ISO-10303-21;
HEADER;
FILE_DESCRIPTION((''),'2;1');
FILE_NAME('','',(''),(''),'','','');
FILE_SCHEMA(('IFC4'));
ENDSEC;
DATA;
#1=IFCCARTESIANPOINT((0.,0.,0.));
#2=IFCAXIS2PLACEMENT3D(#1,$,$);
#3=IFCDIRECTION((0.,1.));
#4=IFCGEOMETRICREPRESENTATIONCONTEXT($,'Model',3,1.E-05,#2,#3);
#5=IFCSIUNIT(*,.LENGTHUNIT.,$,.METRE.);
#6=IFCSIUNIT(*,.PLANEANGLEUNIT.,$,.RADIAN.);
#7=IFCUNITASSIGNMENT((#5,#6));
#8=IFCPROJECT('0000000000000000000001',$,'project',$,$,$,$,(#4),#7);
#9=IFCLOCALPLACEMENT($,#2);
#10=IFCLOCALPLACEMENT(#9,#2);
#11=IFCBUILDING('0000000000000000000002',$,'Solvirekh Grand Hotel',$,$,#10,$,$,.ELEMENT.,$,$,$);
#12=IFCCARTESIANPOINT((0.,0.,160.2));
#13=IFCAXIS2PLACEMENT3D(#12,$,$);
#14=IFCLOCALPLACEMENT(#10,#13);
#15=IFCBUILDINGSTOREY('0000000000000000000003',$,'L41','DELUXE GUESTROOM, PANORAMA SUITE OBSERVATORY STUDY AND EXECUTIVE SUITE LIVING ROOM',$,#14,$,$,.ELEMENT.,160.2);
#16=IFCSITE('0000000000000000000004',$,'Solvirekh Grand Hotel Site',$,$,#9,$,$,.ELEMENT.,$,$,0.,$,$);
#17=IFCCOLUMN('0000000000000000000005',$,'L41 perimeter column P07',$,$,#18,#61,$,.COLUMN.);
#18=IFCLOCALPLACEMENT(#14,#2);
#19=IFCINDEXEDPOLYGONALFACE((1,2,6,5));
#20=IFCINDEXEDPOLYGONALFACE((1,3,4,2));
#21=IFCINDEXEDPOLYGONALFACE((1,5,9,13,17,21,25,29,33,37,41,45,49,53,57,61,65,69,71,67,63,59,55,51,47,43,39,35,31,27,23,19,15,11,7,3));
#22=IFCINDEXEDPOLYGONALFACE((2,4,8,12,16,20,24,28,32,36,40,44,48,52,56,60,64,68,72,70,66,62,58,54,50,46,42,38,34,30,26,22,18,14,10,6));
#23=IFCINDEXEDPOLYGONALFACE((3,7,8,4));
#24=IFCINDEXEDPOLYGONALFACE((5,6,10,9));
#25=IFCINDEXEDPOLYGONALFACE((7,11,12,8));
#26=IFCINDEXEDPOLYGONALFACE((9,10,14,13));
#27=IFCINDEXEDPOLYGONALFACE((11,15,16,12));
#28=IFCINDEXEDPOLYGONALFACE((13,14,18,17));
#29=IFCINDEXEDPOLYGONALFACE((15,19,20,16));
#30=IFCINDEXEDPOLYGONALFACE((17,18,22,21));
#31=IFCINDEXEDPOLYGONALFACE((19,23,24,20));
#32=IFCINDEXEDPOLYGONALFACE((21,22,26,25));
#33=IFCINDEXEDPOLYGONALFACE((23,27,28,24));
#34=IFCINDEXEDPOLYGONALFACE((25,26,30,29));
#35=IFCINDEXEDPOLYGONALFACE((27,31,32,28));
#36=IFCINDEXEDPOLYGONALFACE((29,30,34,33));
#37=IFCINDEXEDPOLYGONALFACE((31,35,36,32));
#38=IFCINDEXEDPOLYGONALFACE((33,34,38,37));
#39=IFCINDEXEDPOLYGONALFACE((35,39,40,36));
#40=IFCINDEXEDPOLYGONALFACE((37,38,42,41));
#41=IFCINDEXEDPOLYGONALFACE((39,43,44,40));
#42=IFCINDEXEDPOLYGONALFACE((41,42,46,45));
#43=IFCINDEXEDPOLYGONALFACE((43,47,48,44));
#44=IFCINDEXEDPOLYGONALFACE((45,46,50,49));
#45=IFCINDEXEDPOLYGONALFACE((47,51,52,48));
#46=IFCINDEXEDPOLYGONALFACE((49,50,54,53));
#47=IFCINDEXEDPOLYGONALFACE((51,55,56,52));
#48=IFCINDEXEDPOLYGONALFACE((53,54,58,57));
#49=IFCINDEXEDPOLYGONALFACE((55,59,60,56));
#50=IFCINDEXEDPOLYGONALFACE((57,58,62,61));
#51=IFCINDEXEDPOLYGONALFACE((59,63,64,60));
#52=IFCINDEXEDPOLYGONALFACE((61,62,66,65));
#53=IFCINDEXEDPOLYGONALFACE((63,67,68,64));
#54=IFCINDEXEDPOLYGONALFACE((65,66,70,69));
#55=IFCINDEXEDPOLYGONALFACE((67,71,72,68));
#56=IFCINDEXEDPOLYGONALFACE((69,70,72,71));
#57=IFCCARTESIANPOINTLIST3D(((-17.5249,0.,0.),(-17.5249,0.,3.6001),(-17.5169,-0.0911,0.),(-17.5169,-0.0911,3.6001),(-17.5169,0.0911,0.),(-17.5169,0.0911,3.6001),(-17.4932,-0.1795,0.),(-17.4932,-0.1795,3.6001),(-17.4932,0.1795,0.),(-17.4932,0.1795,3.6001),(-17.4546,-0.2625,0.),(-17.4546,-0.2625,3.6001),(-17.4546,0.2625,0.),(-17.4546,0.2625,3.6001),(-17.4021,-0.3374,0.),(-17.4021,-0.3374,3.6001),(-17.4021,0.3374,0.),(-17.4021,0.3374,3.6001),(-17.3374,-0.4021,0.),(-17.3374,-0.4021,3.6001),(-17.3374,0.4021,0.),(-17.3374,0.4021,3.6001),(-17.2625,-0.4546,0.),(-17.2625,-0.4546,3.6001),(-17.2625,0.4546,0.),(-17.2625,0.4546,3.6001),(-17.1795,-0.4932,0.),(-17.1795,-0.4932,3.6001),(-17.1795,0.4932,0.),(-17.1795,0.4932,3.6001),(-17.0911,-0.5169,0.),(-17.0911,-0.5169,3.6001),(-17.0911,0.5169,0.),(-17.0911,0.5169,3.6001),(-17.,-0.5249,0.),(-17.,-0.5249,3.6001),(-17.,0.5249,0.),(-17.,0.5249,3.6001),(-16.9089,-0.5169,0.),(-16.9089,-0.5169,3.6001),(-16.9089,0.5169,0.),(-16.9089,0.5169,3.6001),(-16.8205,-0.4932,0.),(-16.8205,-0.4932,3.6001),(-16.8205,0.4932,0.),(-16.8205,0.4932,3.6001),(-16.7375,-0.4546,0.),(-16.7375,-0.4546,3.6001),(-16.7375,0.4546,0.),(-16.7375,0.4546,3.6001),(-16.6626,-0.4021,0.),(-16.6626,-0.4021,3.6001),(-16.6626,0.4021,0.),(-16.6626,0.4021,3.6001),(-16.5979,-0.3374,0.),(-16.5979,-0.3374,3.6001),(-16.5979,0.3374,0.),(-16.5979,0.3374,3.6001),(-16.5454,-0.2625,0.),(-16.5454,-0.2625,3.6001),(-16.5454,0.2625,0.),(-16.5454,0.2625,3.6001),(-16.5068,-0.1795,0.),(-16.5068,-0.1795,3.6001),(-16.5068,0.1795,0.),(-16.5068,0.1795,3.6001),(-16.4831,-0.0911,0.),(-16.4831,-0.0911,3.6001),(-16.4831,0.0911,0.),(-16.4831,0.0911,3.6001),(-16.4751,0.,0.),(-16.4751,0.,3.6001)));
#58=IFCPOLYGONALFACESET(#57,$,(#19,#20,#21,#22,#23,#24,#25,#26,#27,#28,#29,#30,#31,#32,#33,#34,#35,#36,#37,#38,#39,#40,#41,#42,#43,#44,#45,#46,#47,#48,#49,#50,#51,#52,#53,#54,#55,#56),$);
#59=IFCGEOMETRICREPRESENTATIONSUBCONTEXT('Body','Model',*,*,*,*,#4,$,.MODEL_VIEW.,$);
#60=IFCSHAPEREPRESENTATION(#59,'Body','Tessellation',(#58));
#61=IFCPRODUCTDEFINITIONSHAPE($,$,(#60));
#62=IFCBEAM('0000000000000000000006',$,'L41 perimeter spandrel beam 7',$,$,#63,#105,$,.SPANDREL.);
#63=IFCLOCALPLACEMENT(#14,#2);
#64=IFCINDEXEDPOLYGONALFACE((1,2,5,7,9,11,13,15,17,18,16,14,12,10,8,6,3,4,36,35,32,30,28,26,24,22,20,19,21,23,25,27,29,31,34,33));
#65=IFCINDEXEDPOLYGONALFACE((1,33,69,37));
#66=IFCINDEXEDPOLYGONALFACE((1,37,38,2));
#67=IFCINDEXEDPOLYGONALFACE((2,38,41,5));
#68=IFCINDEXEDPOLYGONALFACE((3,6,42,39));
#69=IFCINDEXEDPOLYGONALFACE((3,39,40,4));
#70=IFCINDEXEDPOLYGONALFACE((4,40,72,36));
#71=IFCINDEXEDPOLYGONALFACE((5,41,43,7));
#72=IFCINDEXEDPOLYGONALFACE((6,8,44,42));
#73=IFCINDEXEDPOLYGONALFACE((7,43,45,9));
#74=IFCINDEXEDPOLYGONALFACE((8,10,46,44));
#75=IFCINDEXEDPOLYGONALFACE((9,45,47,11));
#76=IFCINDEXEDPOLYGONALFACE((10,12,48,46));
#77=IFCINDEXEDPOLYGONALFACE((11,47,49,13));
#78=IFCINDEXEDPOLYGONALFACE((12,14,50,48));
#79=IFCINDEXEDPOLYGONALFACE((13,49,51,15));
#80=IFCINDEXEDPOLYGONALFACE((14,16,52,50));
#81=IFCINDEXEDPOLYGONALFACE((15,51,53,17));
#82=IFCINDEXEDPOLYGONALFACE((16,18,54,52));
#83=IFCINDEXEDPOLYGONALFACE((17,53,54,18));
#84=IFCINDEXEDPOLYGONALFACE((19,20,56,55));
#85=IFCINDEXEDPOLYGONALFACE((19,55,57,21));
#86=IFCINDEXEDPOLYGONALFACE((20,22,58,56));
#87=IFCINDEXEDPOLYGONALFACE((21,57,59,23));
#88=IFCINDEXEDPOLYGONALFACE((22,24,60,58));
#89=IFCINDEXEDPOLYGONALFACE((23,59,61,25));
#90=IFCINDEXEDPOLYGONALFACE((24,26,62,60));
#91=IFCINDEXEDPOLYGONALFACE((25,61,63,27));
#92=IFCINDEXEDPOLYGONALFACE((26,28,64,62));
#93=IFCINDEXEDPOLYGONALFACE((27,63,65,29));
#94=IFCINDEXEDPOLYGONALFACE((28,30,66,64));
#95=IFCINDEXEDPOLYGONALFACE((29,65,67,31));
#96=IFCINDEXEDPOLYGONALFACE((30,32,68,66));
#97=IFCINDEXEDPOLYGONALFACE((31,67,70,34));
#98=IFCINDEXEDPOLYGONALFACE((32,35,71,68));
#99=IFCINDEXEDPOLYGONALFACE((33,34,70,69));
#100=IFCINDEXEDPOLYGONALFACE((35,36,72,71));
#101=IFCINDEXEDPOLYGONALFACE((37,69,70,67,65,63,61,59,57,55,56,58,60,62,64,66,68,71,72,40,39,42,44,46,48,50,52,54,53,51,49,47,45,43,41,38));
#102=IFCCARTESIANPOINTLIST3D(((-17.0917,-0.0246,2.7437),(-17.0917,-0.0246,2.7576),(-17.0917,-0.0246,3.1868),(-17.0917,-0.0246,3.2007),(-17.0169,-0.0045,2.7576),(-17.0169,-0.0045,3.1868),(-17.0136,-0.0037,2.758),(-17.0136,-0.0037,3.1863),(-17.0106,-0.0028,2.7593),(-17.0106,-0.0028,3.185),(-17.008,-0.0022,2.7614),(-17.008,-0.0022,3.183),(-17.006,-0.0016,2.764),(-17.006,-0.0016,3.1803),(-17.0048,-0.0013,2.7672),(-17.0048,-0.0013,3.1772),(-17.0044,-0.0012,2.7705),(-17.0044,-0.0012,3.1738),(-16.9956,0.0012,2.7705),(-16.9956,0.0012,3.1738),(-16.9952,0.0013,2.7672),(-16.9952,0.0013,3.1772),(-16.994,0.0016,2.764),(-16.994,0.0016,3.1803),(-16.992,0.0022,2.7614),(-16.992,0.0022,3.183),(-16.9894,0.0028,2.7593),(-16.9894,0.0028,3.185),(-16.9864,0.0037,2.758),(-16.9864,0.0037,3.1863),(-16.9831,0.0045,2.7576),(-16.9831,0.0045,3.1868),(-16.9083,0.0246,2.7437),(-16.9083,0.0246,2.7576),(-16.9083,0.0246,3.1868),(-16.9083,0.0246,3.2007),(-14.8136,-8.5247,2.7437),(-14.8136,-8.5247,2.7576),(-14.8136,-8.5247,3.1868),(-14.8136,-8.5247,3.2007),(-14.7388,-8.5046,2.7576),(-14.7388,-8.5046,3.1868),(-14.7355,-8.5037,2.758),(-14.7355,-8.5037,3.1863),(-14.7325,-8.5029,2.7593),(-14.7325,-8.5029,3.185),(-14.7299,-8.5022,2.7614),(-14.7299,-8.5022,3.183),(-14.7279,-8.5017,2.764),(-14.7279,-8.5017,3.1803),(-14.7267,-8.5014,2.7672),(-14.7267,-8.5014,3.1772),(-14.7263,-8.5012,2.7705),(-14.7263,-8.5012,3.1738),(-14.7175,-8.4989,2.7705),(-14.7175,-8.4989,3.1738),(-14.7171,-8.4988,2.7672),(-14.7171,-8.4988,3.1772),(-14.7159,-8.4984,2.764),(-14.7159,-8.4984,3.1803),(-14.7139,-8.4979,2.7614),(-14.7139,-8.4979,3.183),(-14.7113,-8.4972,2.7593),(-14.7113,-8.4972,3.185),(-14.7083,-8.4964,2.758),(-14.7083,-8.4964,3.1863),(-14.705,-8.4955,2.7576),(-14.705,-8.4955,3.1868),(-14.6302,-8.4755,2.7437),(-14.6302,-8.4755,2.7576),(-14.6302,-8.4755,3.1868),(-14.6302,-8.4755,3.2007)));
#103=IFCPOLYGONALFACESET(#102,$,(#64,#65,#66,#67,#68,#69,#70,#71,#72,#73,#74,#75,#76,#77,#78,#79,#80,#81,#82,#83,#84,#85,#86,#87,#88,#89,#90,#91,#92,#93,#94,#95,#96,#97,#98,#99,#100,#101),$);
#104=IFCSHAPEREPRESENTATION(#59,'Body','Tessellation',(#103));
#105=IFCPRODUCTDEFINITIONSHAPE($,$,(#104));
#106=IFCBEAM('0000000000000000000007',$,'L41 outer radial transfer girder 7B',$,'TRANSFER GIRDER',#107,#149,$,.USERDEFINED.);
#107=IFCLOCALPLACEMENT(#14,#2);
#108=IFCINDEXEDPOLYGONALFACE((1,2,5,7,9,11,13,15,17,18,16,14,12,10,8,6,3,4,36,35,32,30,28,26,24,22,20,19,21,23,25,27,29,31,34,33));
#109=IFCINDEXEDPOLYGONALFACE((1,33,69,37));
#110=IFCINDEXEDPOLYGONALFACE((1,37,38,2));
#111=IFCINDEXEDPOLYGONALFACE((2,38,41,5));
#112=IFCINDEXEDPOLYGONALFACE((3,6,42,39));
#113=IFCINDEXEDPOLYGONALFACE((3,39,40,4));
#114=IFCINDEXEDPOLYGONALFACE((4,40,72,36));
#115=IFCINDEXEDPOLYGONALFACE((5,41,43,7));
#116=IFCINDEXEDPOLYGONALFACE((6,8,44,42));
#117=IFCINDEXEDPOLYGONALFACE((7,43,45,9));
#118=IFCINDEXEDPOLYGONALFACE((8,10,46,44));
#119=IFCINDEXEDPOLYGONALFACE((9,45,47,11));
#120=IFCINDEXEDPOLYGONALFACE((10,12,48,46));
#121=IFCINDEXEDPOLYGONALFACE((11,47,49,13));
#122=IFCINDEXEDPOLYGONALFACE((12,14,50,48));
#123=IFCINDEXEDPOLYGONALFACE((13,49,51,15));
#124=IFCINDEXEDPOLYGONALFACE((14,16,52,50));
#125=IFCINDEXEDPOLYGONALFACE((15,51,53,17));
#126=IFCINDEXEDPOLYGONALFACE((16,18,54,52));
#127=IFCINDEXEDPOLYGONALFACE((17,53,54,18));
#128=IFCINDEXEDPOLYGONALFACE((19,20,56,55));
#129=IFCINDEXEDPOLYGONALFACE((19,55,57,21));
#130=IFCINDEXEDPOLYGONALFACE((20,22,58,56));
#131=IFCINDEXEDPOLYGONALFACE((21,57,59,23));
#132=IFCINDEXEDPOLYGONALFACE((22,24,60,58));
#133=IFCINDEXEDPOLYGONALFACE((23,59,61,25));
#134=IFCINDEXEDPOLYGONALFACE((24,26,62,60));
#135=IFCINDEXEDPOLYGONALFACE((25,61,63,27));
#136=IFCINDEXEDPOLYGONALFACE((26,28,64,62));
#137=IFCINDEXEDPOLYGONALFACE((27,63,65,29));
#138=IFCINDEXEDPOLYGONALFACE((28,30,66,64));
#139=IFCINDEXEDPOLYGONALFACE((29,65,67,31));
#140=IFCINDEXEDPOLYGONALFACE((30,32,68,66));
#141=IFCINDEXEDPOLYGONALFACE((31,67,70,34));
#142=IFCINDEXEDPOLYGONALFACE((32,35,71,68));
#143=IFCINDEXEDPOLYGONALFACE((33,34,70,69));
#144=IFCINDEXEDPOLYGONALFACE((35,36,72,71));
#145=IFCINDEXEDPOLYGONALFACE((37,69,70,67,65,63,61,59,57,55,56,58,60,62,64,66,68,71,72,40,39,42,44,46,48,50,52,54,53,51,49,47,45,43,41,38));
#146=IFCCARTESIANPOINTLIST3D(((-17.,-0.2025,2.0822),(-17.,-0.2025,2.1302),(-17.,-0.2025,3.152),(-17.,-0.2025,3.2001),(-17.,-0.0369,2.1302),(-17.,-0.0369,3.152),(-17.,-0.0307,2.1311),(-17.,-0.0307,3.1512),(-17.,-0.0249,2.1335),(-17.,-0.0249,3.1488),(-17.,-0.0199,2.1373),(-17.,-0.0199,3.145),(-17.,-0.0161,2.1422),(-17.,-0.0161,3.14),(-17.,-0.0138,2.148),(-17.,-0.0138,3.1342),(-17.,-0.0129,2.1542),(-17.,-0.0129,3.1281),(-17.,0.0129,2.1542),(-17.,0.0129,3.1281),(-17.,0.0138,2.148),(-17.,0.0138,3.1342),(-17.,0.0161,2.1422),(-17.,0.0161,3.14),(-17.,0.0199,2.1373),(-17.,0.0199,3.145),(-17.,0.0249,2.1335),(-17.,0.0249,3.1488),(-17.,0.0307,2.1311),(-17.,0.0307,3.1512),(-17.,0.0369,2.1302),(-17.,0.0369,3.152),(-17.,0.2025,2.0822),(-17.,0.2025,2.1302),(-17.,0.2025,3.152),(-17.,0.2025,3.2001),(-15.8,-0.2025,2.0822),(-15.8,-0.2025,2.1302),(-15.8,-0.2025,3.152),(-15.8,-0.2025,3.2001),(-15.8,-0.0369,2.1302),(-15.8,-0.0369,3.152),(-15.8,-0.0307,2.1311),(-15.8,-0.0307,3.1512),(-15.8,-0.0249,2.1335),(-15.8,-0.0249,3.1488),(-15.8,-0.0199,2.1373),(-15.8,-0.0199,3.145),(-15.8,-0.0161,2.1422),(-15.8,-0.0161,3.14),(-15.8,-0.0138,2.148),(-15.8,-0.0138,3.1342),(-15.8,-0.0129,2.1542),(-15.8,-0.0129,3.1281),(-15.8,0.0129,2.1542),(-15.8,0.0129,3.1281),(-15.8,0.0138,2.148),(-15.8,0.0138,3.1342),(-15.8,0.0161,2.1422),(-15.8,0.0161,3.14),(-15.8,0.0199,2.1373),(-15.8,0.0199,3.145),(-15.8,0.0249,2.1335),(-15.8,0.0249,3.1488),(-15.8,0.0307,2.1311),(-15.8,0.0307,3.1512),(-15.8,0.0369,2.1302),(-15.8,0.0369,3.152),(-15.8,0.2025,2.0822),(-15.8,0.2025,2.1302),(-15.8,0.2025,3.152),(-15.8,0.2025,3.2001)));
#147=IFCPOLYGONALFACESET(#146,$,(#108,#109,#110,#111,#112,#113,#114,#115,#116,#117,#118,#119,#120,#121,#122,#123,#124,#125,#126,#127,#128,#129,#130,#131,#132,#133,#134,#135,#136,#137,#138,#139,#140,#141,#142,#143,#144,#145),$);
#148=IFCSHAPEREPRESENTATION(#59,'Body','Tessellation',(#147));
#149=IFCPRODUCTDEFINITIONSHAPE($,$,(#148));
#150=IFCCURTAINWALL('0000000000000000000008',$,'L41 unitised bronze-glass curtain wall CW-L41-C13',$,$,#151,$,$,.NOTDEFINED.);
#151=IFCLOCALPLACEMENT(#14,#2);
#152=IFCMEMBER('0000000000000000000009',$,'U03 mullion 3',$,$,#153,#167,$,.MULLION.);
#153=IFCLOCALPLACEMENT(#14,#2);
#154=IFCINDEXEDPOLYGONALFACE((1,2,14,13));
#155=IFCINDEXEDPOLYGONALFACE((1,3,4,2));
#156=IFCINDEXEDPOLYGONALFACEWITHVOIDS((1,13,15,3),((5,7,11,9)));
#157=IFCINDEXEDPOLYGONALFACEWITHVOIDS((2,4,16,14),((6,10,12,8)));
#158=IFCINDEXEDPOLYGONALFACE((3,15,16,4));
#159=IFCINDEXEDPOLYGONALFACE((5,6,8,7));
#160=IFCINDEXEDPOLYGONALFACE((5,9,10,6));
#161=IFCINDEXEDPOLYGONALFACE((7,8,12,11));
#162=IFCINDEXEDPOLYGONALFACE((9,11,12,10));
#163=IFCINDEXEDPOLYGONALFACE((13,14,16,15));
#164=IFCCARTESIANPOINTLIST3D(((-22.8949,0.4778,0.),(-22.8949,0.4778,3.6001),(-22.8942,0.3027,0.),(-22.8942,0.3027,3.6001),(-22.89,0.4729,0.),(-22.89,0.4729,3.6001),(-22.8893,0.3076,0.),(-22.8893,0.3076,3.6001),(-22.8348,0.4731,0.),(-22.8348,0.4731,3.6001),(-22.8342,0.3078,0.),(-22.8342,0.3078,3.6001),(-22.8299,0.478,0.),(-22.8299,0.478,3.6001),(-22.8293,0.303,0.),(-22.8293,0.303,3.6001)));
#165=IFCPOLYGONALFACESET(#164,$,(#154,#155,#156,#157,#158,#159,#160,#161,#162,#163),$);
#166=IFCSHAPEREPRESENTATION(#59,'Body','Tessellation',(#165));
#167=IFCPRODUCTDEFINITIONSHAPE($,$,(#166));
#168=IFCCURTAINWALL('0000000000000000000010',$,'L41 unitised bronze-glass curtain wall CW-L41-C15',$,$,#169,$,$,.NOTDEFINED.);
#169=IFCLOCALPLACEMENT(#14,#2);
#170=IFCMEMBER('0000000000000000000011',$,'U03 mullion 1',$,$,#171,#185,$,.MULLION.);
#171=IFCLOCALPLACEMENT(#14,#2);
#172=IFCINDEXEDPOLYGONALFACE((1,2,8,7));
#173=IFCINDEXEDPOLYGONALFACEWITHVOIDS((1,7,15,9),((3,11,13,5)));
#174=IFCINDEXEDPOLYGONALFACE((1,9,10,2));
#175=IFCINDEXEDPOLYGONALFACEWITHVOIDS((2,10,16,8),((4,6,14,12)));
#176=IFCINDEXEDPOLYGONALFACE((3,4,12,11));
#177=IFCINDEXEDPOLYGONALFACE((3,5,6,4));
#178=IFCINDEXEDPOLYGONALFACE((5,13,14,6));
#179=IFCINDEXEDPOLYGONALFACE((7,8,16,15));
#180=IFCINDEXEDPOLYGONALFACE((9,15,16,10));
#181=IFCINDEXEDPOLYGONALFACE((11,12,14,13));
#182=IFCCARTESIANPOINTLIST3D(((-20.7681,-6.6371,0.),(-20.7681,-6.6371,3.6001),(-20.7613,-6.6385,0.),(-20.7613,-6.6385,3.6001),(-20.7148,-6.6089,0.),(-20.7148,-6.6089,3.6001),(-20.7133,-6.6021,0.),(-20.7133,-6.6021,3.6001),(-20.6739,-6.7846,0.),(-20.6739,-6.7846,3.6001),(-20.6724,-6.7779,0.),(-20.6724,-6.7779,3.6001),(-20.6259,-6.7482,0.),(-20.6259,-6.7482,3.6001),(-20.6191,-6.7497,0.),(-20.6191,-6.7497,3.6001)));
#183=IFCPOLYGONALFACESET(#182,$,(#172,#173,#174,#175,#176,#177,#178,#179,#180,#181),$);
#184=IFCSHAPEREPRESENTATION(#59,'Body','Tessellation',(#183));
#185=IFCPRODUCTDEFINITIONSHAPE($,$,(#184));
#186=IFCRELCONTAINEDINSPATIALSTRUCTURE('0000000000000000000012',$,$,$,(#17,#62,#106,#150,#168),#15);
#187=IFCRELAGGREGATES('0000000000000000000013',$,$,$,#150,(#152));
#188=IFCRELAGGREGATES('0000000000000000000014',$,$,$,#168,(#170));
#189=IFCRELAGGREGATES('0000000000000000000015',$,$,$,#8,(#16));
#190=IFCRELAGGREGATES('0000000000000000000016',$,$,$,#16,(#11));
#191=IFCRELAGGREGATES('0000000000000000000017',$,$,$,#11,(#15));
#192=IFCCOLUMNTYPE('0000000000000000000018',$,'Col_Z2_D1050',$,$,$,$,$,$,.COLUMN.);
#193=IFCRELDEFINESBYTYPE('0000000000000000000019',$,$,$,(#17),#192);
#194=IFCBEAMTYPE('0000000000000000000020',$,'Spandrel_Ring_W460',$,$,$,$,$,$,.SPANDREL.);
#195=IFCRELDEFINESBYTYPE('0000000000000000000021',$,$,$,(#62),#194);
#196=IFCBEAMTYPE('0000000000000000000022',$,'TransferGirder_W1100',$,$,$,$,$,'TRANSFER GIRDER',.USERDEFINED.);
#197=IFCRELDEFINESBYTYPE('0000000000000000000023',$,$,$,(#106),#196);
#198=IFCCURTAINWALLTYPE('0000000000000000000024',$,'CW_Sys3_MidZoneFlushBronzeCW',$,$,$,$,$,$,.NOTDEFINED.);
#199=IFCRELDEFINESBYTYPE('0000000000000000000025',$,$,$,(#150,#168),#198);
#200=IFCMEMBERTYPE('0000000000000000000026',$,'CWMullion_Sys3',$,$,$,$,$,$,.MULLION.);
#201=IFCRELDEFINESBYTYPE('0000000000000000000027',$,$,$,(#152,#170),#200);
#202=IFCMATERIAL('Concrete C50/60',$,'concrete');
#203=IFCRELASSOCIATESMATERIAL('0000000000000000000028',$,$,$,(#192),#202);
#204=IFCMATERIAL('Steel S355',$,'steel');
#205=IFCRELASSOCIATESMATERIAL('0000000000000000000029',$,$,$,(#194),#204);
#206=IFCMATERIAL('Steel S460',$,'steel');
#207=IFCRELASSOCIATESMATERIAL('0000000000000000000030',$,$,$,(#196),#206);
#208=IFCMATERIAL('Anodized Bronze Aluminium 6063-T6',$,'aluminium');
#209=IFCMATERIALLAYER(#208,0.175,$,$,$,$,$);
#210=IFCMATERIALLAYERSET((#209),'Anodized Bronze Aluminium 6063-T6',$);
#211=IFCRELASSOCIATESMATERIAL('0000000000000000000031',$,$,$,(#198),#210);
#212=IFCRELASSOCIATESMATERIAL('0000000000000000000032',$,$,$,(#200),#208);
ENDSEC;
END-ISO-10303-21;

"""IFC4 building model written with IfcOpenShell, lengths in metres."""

from ifc_helpers import new_model, si_unit, direction, frame, origin, origin_2d, place, context, subcontext, project, spatial, hollow_rectangle, circle, i_section, extrude, source, transform, mapped, material, layer, layer_set, material_profile, profile_set, type_object, element, aggregate, save


model = new_model("IFC4")

# Units and contexts
model_context = context("Model", 3, precision=1e-05, world=origin(), true_north=direction((0.0, 1.0)))
body_context = subcontext(model_context, "Body", "Model", "MODEL_VIEW")
ifc_project = project(units=[si_unit("LENGTHUNIT", "METRE"), si_unit("PLANEANGLEUNIT", "RADIAN")], contexts=[model_context])

# Site, building, storey
site_placement = place(None, origin())
site = spatial("IfcSite", under=ifc_project, at=site_placement, Name="Solvirekh Grand Hotel Site", CompositionType="ELEMENT", RefElevation=0.0)
building_placement = place(site_placement, origin())
building = spatial("IfcBuilding", under=site, at=building_placement, Name="Solvirekh Grand Hotel", CompositionType="ELEMENT")
storey_placement = place(building_placement, frame((0.0, 0.0, 160.2)))
storey = spatial("IfcBuildingStorey", under=building, at=storey_placement, Name="L41", Description="DELUXE GUESTROOM, PANORAMA SUITE OBSERVATORY STUDY AND EXECUTIVE SUITE LIVING ROOM", CompositionType="ELEMENT", Elevation=160.2)

# Column
ifc_material_1 = material(Name="Concrete C50/60", Category="concrete")
ifc_material_profile_1 = material_profile(ifc_material_1, circle(Radius=0.5249, at=origin_2d()), Name="RC CIRC D1050")
ifc_profile_set_1 = profile_set([ifc_material_profile_1], Name="Concrete C50/60")
column_type = type_object("IfcColumnType", Name="Col_Z2_D1050", PredefinedType="COLUMN", material=ifc_profile_set_1)
column_placement = place(storey_placement, frame((-17.0, 0.0, 0.0), z_axis=(0.0, 0.0, 1.0), x_axis=(1.0, 0.0, 0.0)))
element("IfcColumn", 1, at=column_placement, inside=storey, type_object=column_type, Name="L41 perimeter column P07", PredefinedType="COLUMN", context=body_context, shape_type="SweptSolid", body=[
    extrude(circle(Radius=0.5249, at=origin_2d()), origin(), (0.0, 0.0, 1.0), 3.6001),
])

# Beams
ifc_material_2 = material(Name="Steel S355", Category="steel")
ifc_material_profile_2 = material_profile(ifc_material_2, i_section(OverallWidth=0.1899, OverallDepth=0.457, WebThickness=0.009, FlangeThickness=0.0139, FilletRadius=0.0129, at=origin_2d()), Name="W460X74")
ifc_profile_set_2 = profile_set([ifc_material_profile_2], Name="Steel S355")
beam_type_1 = type_object("IfcBeamType", Name="Spandrel_Ring_W460", PredefinedType="SPANDREL", material=ifc_profile_set_2)
beam_1_placement = place(storey_placement, frame((-17.0, 0.0, 2.9722), z_axis=(0.258873, -0.965911, 0.0), x_axis=(0.965911, 0.258873, 0.0)))
element("IfcBeam", 2, at=beam_1_placement, inside=storey, type_object=beam_type_1, Name="L41 perimeter spandrel beam 7", PredefinedType="SPANDREL", context=body_context, shape_type="SweptSolid", body=[
    extrude(i_section(OverallWidth=0.1899, OverallDepth=0.457, WebThickness=0.009, FlangeThickness=0.0139, FilletRadius=0.0129, at=origin_2d()), origin(), (0.0, 0.0, 1.0), 8.8),
])
ifc_material_3 = material(Name="Steel S460", Category="steel")
ifc_material_profile_3 = material_profile(ifc_material_3, i_section(OverallWidth=0.405, OverallDepth=1.1179, WebThickness=0.0259, FlangeThickness=0.0481, FilletRadius=0.0239, at=origin_2d()), Name="W1100X499")
ifc_profile_set_3 = profile_set([ifc_material_profile_3], Name="Steel S460")
beam_type_2 = type_object("IfcBeamType", Name="TransferGirder_W1100", ElementType="TRANSFER GIRDER", PredefinedType="USERDEFINED", material=ifc_profile_set_3)
beam_2_placement = place(storey_placement, frame((-15.8, 0.0, 2.6411), z_axis=(-1.0, 0.0, 0.0), x_axis=(0.0, -1.0, 0.0)))
element("IfcBeam", 3, at=beam_2_placement, inside=storey, type_object=beam_type_2, Name="L41 outer radial transfer girder 7B", ObjectType="TRANSFER GIRDER", PredefinedType="USERDEFINED", context=body_context, shape_type="SweptSolid", body=[
    extrude(i_section(OverallWidth=0.405, OverallDepth=1.1179, WebThickness=0.0259, FlangeThickness=0.0481, FilletRadius=0.0239, at=origin_2d()), origin(), (0.0, 0.0, 1.0), 1.2),
])

# Curtain wall, member
ifc_material_4 = material(Name="Anodized Bronze Aluminium 6063-T6", Category="aluminium")
ifc_layer_1 = layer(ifc_material_4, 0.175)
ifc_layer_set_1 = layer_set([ifc_layer_1], Name="Anodized Bronze Aluminium 6063-T6")
curtain_wall_type = type_object("IfcCurtainWallType", Name="CW_Sys3_MidZoneFlushBronzeCW", PredefinedType="NOTDEFINED", material=ifc_layer_set_1)
curtain_wall_1_placement = place(storey_placement, origin())
curtain_wall_1 = element("IfcCurtainWall", 4, at=curtain_wall_1_placement, inside=storey, type_object=curtain_wall_type, Name="L41 unitised bronze-glass curtain wall CW-L41-C13", PredefinedType="NOTDEFINED")
ifc_material_profile_4 = material_profile(ifc_material_4, hollow_rectangle(XDim=0.0649, YDim=0.175, WallThickness=0.0049, at=origin_2d()), Name="ALU RHS 175X65X5")
ifc_profile_set_4 = profile_set([ifc_material_profile_4], Name="Anodized Bronze Aluminium 6063-T6")
member_type_1 = type_object("IfcMemberType", Name="CWMullion_Sys3", PredefinedType="MULLION", material=ifc_profile_set_4)
shared_shape_1 = source(origin(), body_context, "Body", "SweptSolid", [
    extrude(hollow_rectangle(XDim=0.0649, YDim=0.175, WallThickness=0.0049, at=origin_2d()), origin(), (0.0, 0.0, 1.0), 3.6001),
])
member_1_placement = place(storey_placement, frame((-22.8621, 0.3904, 0.0), z_axis=(0.0, 0.0, 1.0), x_axis=(0.999993, 0.003863, 0.0)))
member_1 = element("IfcMember", 5, at=member_1_placement, type_object=member_type_1, Name="U03 mullion 3", PredefinedType="MULLION", context=body_context, shape_type="MappedRepresentation", body=[
    mapped(shared_shape_1, transform((0.0, 0.0, 0.0), x_axis=(1.0, 0.0, 0.0), y_axis=(0.0, 1.0, 0.0), z_axis=(0.0, 0.0, 1.0), scale=1.0)),
])
aggregate(curtain_wall_1, [member_1])

# Curtain wall, member
curtain_wall_2_placement = place(storey_placement, origin())
curtain_wall_2 = element("IfcCurtainWall", 6, at=curtain_wall_2_placement, inside=storey, type_object=curtain_wall_type, Name="L41 unitised bronze-glass curtain wall CW-L41-C15", PredefinedType="NOTDEFINED")
member_2_placement = place(storey_placement, frame((-20.6936, -6.6934, 0.0), z_axis=(0.0, 0.0, 1.0), x_axis=(0.842936, 0.538013, 0.0)))
member_2 = element("IfcMember", 7, at=member_2_placement, type_object=member_type_1, Name="U03 mullion 1", PredefinedType="MULLION", context=body_context, shape_type="MappedRepresentation", body=[
    mapped(shared_shape_1, transform((0.0, 0.0, 0.0), x_axis=(1.0, 0.0, 0.0), y_axis=(0.0, 1.0, 0.0), z_axis=(0.0, 0.0, 1.0), scale=1.0)),
])
aggregate(curtain_wall_2, [member_2])

save(model, "model.ifc")
